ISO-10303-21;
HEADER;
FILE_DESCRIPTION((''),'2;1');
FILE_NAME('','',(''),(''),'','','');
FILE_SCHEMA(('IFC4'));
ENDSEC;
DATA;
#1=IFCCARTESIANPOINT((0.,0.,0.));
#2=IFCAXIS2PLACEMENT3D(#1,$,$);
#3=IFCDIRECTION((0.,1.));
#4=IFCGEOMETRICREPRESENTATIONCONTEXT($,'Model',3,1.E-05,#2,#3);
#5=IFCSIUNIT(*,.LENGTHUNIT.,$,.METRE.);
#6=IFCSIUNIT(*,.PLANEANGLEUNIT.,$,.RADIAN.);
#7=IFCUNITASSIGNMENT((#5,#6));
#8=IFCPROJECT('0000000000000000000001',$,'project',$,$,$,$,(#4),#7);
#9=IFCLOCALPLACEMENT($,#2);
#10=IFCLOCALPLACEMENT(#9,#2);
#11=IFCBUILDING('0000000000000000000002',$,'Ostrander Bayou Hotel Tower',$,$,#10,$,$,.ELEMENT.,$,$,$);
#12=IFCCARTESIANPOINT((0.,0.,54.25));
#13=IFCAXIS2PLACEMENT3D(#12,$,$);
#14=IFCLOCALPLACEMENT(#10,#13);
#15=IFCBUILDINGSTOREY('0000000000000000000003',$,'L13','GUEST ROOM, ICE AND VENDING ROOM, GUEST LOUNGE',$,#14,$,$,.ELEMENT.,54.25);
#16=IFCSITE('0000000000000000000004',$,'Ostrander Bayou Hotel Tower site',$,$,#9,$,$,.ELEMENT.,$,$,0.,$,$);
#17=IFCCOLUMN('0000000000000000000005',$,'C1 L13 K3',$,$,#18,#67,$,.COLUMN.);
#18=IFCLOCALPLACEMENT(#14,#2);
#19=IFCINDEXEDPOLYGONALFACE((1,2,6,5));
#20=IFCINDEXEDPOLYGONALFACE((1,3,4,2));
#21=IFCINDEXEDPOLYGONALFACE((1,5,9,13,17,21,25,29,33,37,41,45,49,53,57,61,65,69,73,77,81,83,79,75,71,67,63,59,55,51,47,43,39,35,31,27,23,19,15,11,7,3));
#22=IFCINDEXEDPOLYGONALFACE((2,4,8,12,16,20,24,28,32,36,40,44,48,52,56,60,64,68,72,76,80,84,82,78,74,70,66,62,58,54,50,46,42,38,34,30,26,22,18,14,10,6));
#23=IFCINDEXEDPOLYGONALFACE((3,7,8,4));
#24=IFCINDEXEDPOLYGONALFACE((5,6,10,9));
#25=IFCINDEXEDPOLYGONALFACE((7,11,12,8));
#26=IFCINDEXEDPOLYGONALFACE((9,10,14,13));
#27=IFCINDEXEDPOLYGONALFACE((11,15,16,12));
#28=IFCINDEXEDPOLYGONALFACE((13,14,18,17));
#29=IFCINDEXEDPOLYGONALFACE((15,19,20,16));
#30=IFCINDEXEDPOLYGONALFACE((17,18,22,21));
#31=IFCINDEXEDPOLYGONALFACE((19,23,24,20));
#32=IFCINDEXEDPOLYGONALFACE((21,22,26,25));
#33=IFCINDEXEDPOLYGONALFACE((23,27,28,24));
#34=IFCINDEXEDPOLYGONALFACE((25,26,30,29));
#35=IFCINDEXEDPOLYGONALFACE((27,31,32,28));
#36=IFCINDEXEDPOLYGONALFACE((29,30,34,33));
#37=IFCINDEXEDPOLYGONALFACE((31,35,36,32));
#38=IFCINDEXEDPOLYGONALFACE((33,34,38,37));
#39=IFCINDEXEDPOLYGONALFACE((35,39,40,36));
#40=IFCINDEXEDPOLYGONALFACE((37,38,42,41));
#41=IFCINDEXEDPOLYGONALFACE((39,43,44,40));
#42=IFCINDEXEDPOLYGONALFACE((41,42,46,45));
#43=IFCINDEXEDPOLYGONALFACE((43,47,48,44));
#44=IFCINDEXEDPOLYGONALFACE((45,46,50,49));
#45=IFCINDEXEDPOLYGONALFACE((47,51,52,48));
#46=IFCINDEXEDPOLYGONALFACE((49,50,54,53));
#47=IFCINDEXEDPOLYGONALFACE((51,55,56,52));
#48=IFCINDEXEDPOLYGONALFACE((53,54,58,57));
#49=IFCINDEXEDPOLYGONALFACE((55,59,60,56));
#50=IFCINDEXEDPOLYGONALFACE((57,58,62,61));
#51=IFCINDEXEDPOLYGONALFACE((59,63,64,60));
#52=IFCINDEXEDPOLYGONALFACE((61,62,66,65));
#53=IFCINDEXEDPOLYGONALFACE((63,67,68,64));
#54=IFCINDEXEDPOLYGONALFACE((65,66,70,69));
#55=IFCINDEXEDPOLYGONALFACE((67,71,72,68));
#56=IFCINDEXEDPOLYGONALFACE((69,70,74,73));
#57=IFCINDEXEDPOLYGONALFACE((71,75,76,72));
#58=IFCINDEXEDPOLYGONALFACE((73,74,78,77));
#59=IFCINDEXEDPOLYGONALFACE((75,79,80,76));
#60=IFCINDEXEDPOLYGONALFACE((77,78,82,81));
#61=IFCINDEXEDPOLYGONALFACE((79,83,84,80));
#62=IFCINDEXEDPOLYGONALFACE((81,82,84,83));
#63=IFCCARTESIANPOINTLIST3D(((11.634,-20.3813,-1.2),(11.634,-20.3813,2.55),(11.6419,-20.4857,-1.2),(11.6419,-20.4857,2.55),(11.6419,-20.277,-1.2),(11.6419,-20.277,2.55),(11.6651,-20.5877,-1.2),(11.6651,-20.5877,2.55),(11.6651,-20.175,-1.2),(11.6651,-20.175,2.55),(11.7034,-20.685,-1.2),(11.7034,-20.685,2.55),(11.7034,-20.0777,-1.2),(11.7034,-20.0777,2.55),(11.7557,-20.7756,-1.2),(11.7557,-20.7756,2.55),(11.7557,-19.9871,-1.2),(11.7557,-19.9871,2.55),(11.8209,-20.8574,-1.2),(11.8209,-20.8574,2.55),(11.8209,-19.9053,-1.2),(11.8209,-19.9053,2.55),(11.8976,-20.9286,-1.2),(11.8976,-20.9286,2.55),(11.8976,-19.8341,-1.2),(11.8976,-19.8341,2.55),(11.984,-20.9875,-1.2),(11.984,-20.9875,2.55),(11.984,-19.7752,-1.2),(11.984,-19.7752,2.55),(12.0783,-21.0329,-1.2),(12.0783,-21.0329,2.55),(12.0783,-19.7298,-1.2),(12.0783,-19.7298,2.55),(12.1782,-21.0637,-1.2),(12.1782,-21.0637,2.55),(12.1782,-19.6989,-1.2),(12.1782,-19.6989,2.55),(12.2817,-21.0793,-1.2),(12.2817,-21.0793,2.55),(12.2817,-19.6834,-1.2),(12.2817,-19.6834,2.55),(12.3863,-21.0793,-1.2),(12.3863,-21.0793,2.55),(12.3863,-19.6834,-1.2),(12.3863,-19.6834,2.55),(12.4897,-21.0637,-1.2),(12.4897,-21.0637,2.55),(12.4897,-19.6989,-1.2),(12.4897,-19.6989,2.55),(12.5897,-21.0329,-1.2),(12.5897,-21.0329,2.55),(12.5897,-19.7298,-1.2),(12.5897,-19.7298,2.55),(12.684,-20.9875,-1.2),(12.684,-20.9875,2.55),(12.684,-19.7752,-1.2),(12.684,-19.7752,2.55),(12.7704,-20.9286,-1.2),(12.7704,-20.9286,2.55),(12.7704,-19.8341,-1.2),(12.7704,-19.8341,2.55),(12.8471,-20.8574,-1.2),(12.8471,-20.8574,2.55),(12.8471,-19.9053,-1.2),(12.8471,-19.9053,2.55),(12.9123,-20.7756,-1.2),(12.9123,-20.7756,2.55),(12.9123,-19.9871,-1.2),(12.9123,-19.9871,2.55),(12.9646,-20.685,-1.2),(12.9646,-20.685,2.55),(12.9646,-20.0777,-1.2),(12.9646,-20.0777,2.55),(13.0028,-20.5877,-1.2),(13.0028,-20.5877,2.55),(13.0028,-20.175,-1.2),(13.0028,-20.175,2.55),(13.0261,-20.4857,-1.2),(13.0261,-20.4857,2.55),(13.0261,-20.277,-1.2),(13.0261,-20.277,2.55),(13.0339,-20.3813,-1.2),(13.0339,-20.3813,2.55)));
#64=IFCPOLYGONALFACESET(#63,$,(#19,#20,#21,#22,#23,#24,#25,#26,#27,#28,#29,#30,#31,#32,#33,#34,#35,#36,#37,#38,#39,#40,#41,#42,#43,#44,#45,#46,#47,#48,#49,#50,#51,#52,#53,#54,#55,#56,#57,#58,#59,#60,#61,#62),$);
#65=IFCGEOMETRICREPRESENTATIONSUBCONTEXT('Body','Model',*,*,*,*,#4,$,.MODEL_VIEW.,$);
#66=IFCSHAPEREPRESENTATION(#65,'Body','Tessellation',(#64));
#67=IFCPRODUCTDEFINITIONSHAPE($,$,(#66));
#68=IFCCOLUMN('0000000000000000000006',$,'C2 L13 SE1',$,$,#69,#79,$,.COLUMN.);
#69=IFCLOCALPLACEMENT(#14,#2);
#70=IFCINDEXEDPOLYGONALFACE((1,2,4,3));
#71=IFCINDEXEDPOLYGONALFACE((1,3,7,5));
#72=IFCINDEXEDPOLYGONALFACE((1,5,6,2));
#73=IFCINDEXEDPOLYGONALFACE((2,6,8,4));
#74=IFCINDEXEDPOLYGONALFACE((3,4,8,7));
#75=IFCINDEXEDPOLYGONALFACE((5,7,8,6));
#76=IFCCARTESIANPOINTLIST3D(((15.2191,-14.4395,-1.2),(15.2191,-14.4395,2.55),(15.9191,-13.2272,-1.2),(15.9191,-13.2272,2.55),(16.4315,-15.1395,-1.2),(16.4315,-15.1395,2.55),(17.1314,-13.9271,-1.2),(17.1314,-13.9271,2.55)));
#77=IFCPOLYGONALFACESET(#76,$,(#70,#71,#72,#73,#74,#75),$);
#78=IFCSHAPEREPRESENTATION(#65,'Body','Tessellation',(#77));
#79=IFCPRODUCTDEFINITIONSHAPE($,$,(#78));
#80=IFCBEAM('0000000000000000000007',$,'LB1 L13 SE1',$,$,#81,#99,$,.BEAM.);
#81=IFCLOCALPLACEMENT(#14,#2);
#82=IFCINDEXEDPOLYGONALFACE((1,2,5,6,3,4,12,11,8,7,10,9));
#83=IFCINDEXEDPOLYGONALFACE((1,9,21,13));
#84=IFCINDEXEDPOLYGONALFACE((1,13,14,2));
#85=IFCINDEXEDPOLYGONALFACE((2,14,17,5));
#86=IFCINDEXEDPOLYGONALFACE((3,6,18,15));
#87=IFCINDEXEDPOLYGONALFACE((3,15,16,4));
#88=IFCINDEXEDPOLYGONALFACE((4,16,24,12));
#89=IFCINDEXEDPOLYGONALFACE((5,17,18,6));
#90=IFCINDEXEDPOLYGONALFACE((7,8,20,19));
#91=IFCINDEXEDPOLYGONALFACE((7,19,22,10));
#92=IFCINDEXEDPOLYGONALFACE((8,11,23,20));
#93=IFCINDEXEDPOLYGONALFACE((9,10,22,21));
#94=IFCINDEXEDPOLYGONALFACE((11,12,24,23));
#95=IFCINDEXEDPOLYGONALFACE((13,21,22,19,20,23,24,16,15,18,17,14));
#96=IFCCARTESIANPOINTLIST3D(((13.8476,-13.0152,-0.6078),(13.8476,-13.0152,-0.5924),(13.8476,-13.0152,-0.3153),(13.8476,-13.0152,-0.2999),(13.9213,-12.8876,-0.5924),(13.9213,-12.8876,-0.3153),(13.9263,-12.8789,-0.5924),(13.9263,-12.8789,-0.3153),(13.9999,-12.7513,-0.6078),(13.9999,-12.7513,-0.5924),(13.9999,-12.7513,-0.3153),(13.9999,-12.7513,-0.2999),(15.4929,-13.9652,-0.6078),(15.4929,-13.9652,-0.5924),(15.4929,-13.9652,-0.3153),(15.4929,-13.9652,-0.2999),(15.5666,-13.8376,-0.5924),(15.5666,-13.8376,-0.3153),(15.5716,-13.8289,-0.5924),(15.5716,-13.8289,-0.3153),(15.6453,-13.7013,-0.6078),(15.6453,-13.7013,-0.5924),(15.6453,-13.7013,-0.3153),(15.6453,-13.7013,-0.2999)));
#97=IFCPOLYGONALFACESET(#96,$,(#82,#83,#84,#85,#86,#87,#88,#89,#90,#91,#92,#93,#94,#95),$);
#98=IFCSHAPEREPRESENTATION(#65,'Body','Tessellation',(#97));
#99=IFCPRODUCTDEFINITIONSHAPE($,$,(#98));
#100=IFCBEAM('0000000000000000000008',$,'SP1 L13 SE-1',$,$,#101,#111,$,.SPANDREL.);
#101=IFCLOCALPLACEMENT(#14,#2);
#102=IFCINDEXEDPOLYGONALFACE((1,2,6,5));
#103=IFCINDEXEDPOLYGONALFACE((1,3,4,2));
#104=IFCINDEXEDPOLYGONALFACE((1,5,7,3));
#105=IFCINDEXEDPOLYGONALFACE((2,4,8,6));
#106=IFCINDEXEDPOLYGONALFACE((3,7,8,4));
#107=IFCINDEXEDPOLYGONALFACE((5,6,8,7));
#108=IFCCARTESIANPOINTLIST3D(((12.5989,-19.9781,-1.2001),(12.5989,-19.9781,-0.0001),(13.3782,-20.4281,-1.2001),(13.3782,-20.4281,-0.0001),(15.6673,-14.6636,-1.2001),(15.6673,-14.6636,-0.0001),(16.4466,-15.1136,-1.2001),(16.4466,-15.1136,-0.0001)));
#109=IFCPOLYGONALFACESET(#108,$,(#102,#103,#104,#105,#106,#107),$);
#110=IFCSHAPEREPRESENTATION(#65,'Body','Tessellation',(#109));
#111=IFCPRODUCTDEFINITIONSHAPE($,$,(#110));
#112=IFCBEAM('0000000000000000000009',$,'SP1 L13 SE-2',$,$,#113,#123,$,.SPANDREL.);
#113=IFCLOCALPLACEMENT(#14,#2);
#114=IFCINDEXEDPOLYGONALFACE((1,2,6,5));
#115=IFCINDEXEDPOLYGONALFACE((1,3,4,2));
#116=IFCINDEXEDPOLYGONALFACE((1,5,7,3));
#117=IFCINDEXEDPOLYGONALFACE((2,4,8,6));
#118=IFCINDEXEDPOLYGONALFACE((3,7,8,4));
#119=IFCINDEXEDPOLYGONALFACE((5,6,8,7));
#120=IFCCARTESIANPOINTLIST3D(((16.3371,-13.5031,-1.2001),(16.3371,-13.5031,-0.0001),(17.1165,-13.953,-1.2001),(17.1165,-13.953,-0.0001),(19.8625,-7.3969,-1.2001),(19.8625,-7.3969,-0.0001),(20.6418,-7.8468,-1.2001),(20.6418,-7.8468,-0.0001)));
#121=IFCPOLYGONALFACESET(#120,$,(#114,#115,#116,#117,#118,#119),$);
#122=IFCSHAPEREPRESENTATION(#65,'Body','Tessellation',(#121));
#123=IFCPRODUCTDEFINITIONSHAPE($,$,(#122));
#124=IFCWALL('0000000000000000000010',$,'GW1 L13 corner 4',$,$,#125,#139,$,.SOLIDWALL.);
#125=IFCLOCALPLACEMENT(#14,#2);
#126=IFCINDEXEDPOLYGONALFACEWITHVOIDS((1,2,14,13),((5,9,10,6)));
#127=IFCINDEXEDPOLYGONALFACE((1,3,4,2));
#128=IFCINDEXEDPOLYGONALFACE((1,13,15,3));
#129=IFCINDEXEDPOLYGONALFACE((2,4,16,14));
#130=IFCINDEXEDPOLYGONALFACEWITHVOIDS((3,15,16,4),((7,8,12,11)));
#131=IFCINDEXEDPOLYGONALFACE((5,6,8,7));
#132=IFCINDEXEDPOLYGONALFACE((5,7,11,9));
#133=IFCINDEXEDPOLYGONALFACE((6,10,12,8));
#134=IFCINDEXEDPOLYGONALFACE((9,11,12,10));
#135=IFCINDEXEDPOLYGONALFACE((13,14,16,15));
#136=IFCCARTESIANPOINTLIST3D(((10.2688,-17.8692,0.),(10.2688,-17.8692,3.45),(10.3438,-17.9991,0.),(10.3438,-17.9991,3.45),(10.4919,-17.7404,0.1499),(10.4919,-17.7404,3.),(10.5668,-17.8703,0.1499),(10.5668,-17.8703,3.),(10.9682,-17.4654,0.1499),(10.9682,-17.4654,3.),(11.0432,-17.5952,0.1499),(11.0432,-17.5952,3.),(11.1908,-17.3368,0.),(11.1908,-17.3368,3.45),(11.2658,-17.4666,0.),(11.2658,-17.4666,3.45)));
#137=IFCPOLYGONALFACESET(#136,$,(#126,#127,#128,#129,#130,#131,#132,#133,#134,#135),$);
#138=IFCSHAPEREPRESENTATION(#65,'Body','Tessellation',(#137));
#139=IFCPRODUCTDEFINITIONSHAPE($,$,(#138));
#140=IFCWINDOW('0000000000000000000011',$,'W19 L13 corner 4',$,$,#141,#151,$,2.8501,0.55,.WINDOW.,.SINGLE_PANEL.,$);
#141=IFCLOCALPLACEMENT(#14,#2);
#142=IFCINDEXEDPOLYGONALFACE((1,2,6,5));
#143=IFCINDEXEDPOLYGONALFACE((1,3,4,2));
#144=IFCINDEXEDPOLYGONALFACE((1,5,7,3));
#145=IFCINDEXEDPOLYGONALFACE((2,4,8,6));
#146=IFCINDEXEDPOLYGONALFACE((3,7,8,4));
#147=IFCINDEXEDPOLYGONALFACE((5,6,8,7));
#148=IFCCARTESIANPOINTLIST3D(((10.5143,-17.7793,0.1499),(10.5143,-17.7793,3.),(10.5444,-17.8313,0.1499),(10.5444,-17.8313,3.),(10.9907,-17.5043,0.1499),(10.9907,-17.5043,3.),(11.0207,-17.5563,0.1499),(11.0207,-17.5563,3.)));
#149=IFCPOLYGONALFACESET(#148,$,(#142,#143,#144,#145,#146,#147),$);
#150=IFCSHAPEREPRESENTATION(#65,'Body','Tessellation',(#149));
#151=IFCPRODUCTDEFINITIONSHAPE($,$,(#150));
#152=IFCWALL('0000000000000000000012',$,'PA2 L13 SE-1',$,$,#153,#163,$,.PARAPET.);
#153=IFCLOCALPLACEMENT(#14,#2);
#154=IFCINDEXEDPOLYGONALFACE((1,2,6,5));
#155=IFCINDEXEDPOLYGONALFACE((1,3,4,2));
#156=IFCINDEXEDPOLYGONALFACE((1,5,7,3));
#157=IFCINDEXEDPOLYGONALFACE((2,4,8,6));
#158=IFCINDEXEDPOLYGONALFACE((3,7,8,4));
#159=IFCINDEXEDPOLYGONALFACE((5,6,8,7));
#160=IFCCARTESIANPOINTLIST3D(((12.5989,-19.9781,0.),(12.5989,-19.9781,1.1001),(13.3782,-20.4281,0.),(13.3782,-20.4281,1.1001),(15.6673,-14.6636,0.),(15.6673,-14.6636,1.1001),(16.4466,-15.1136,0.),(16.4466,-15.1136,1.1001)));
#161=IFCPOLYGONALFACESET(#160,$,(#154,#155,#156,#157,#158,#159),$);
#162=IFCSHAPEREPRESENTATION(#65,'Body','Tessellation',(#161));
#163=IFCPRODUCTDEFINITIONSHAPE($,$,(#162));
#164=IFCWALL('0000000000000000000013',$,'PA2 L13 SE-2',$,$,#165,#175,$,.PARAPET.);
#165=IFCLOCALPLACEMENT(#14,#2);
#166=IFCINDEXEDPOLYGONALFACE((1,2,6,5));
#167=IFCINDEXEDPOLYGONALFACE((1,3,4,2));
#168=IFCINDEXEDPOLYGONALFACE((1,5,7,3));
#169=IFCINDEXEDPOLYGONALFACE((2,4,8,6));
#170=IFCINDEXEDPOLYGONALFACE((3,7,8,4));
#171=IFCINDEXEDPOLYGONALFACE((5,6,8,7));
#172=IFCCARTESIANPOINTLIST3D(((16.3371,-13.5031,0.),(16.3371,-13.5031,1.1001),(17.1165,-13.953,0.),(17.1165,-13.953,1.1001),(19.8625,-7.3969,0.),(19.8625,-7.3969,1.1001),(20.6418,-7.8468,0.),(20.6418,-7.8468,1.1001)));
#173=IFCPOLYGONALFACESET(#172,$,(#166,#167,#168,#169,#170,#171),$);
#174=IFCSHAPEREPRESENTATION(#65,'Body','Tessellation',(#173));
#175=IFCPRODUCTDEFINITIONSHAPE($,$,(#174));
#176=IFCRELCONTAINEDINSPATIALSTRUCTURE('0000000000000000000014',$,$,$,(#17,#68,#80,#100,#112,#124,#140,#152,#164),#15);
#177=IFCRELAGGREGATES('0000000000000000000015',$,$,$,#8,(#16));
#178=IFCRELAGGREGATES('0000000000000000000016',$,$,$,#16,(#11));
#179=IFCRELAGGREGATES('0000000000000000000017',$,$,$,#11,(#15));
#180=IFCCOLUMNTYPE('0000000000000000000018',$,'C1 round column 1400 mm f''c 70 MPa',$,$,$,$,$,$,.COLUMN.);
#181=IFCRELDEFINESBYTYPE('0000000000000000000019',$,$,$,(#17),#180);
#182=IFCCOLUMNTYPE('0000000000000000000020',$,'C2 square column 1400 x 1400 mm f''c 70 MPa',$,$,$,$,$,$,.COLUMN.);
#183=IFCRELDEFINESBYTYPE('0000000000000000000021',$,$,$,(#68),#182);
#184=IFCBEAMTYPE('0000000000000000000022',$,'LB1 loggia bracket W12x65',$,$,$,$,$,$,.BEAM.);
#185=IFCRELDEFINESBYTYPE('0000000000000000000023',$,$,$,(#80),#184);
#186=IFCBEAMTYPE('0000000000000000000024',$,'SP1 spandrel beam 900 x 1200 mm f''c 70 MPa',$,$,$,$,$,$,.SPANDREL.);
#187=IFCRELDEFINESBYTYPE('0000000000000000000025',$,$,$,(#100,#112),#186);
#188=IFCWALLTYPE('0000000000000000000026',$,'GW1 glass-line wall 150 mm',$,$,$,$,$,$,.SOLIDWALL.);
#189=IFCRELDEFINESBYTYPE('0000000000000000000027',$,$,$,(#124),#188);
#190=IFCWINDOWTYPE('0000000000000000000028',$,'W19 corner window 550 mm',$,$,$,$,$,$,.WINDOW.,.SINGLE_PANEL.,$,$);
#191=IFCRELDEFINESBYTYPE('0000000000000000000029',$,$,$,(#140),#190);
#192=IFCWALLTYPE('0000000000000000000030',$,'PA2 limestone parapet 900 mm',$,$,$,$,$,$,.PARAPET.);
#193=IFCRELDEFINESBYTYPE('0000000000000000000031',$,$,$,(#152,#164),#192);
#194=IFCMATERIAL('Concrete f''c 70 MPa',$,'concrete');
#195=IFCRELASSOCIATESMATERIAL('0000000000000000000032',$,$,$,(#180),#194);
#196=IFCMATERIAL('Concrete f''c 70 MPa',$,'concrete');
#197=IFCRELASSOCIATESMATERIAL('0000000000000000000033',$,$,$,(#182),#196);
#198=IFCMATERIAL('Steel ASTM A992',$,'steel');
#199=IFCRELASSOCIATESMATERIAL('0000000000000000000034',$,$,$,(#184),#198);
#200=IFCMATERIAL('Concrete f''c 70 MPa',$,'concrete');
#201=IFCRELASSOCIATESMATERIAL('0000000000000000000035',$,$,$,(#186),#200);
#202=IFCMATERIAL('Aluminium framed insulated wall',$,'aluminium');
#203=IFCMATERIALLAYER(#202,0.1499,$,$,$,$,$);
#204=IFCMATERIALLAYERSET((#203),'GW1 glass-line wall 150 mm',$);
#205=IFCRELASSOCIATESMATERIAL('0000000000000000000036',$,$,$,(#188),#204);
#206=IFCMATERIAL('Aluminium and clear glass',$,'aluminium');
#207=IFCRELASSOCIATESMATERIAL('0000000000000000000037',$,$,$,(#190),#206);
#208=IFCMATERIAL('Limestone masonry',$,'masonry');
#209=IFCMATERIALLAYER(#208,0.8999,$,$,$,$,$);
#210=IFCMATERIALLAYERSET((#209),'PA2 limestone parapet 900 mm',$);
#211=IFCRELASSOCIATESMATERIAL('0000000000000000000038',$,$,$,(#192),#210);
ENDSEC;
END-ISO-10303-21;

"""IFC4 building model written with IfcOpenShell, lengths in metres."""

from ifc_helpers import new_model, si_unit, direction, frame, frame_2d, origin, origin_2d, place, context, subcontext, project, spatial, rectangle, circle, i_section, extrude, material, layer, layer_set, material_profile, profile_set, type_object, element, fill, save


model = new_model("IFC4")

# Units and contexts
model_context = context("Model", 3, precision=1e-05, world=origin(), true_north=direction((0.0, 1.0)))
body_context = subcontext(model_context, "Body", "Model", "MODEL_VIEW")
ifc_project = project(units=[si_unit("LENGTHUNIT", "METRE"), si_unit("PLANEANGLEUNIT", "RADIAN")], contexts=[model_context])

# Site, building, storey
site_placement = place(None, origin())
site = spatial("IfcSite", under=ifc_project, at=site_placement, Name="Ostrander Bayou Hotel Tower site", CompositionType="ELEMENT", RefElevation=0.0)
building_placement = place(site_placement, origin())
building = spatial("IfcBuilding", under=site, at=building_placement, Name="Ostrander Bayou Hotel Tower", CompositionType="ELEMENT")
storey_placement = place(building_placement, frame((0.0, 0.0, 54.25)))
storey = spatial("IfcBuildingStorey", under=building, at=storey_placement, Name="L13", Description="GUEST ROOM, ICE AND VENDING ROOM, GUEST LOUNGE", CompositionType="ELEMENT", Elevation=54.25)

# Columns
ifc_material_1 = material(Name="Concrete f'c 70 MPa", Category="concrete")
ifc_material_profile_1 = material_profile(ifc_material_1, circle(Radius=0.7, at=origin_2d()))
ifc_profile_set_1 = profile_set([ifc_material_profile_1], Name="Concrete f'c 70 MPa")
column_type_1 = type_object("IfcColumnType", Name="C1 round column 1400 mm f'c 70 MPa", PredefinedType="COLUMN", material=ifc_profile_set_1)
column_1_placement = place(storey_placement, frame((12.334, -20.3813, -1.2), z_axis=(0.0, 0.0, 1.0), x_axis=(1.0, 0.0, 0.0)))
element("IfcColumn", 1, at=column_1_placement, inside=storey, type_object=column_type_1, Name="C1 L13 K3", PredefinedType="COLUMN", context=body_context, shape_type="SweptSolid", body=[
    extrude(circle(Radius=0.7, at=origin_2d()), origin(), (0.0, 0.0, 1.0), 3.75),
])
ifc_material_2 = material(Name="Concrete f'c 70 MPa", Category="concrete")
ifc_material_profile_2 = material_profile(ifc_material_2, rectangle(XDim=1.3999, YDim=1.3999, at=origin_2d()))
ifc_profile_set_2 = profile_set([ifc_material_profile_2], Name="Concrete f'c 70 MPa")
column_type_2 = type_object("IfcColumnType", Name="C2 square column 1400 x 1400 mm f'c 70 MPa", PredefinedType="COLUMN", material=ifc_profile_set_2)
column_2_placement = place(storey_placement, frame((16.1753, -14.1833, -1.2), z_axis=(0.0, 0.0, 1.0), x_axis=(-0.5, -0.866025, 0.0)))
element("IfcColumn", 2, at=column_2_placement, inside=storey, type_object=column_type_2, Name="C2 L13 SE1", PredefinedType="COLUMN", context=body_context, shape_type="SweptSolid", body=[
    extrude(rectangle(XDim=1.3999, YDim=1.3999, at=origin_2d()), origin(), (0.0, 0.0, 1.0), 3.75),
])

# Beams
ifc_material_3 = material(Name="Steel ASTM A992", Category="steel")
ifc_material_profile_3 = material_profile(ifc_material_3, i_section(OverallWidth=0.3047, OverallDepth=0.3079, WebThickness=0.01, FlangeThickness=0.0154, at=origin_2d()))
ifc_profile_set_3 = profile_set([ifc_material_profile_3], Name="Steel ASTM A992")
beam_type_1 = type_object("IfcBeamType", Name="LB1 loggia bracket W12x65", PredefinedType="BEAM", material=ifc_profile_set_3)
beam_1_placement = place(storey_placement, frame((15.5691, -13.8333, -0.4539), z_axis=(-0.866012, 0.500023, 0.0), x_axis=(-0.500023, -0.866012, 0.0)))
element("IfcBeam", 3, at=beam_1_placement, inside=storey, type_object=beam_type_1, Name="LB1 L13 SE1", PredefinedType="BEAM", context=body_context, shape_type="SweptSolid", body=[
    extrude(i_section(OverallWidth=0.3047, OverallDepth=0.3079, WebThickness=0.01, FlangeThickness=0.0154, at=origin_2d()), origin(), (0.0, 0.0, 1.0), 1.8999),
])
ifc_material_4 = material(Name="Concrete f'c 70 MPa", Category="concrete")
ifc_material_profile_4 = material_profile(ifc_material_4, rectangle(XDim=0.8999, YDim=1.2, at=origin_2d()))
ifc_profile_set_4 = profile_set([ifc_material_profile_4], Name="Concrete f'c 70 MPa")
beam_type_2 = type_object("IfcBeamType", Name="SP1 spandrel beam 900 x 1200 mm f'c 70 MPa", PredefinedType="SPANDREL", material=ifc_profile_set_4)
beam_2_placement = place(storey_placement, frame((12.9885, -20.2031, -0.6001), z_axis=(0.500007, 0.866021, 0.0), x_axis=(-0.866021, 0.500007, 0.0)))
element("IfcBeam", 4, at=beam_2_placement, inside=storey, type_object=beam_type_2, Name="SP1 L13 SE-1", PredefinedType="SPANDREL", context=body_context, shape_type="SweptSolid", body=[
    extrude(rectangle(XDim=0.8999, YDim=1.2, at=origin_2d()), origin(), (0.0, 0.0, 1.0), 6.1367),
])
beam_3_placement = place(storey_placement, frame((16.7268, -13.728, -0.6001), z_axis=(0.499997, 0.866027, 0.0), x_axis=(-0.866027, 0.499997, 0.0)))
element("IfcBeam", 5, at=beam_3_placement, inside=storey, type_object=beam_type_2, Name="SP1 L13 SE-2", PredefinedType="SPANDREL", context=body_context, shape_type="SweptSolid", body=[
    extrude(rectangle(XDim=0.8999, YDim=1.2, at=origin_2d()), origin(), (0.0, 0.0, 1.0), 7.0508),
])

# Shared definitions
ifc_material_5 = material(Name="Aluminium framed insulated wall", Category="aluminium")
ifc_layer_1 = layer(ifc_material_5, 0.1499)
ifc_layer_set_1 = layer_set([ifc_layer_1], Name="GW1 glass-line wall 150 mm")
wall_type_1 = type_object("IfcWallType", Name="GW1 glass-line wall 150 mm", PredefinedType="SOLIDWALL", material=ifc_layer_set_1)

# Wall, opening, window
wall_1_placement = place(storey_placement, frame((10.3064, -17.9341, 0.0), z_axis=(0.0, 0.0, 1.0), x_axis=(0.865991, 0.50006, 0.0)))
wall_1 = element("IfcWall", 6, at=wall_1_placement, inside=storey, type_object=wall_type_1, Name="GW1 L13 corner 4", PredefinedType="SOLIDWALL", context=body_context, shape_type="SweptSolid", body=[
    extrude(rectangle(XDim=1.0647, YDim=0.1499, at=frame_2d((0.5322, 0.0))), origin(), (0.0, 0.0, 1.0), 3.45),
])
opening_1_placement = place(wall_1_placement, frame((0.2576, 0.0, 0.1499)))
opening_1 = element("IfcOpeningElement", 7, at=opening_1_placement, cuts=wall_1, PredefinedType="OPENING", context=body_context, shape_type="SweptSolid", body=[
    extrude(rectangle(XDim=0.55, YDim=2.8501, at=frame_2d((0.2749, 1.425))), frame((0.0, 0.075, 0.0), z_axis=(0.0, -1.0, 0.0), x_axis=(1.0, 0.0, 0.0)), (0.0, 0.0, 1.0), 0.1499),
])
ifc_material_6 = material(Name="Aluminium and clear glass", Category="aluminium")
window_type_1 = type_object("IfcWindowType", Name="W19 corner window 550 mm", PartitioningType="SINGLE_PANEL", PredefinedType="WINDOW", material=ifc_material_6)
window_1_placement = place(opening_1_placement, origin())
window_1 = element("IfcWindow", 8, at=window_1_placement, inside=storey, type_object=window_type_1, Name="W19 L13 corner 4", OverallHeight=2.8501, OverallWidth=0.55, PartitioningType="SINGLE_PANEL", PredefinedType="WINDOW", context=body_context, shape_type="SweptSolid", body=[
    extrude(rectangle(XDim=0.55, YDim=2.8501, at=frame_2d((0.2749, 1.425))), frame((0.0, 0.03, 0.0), z_axis=(0.0, -1.0, 0.0), x_axis=(1.0, 0.0, 0.0)), (0.0, 0.0, 1.0), 0.0601),
])
fill(opening_1, window_1)

# Walls
ifc_material_7 = material(Name="Limestone masonry", Category="masonry")
ifc_layer_2 = layer(ifc_material_7, 0.8999)
ifc_layer_set_2 = layer_set([ifc_layer_2], Name="PA2 limestone parapet 900 mm")
wall_type_2 = type_object("IfcWallType", Name="PA2 limestone parapet 900 mm", PredefinedType="PARAPET", material=ifc_layer_set_2)
wall_2_placement = place(storey_placement, frame((12.9885, -20.2031, 0.0), z_axis=(0.0, 0.0, 1.0), x_axis=(0.500007, 0.866021, 0.0)))
element("IfcWall", 9, at=wall_2_placement, inside=storey, type_object=wall_type_2, Name="PA2 L13 SE-1", PredefinedType="PARAPET", context=body_context, shape_type="SweptSolid", body=[
    extrude(rectangle(XDim=6.1367, YDim=0.8999, at=frame_2d((3.0684, 0.0))), origin(), (0.0, 0.0, 1.0), 1.1001),
])
wall_3_placement = place(storey_placement, frame((16.7268, -13.728, 0.0), z_axis=(0.0, 0.0, 1.0), x_axis=(0.499997, 0.866027, 0.0)))
element("IfcWall", 10, at=wall_3_placement, inside=storey, type_object=wall_type_2, Name="PA2 L13 SE-2", PredefinedType="PARAPET", context=body_context, shape_type="SweptSolid", body=[
    extrude(rectangle(XDim=7.0508, YDim=0.8999, at=frame_2d((3.5254, 0.0))), origin(), (0.0, 0.0, 1.0), 1.1001),
])

save(model, "model.ifc")
